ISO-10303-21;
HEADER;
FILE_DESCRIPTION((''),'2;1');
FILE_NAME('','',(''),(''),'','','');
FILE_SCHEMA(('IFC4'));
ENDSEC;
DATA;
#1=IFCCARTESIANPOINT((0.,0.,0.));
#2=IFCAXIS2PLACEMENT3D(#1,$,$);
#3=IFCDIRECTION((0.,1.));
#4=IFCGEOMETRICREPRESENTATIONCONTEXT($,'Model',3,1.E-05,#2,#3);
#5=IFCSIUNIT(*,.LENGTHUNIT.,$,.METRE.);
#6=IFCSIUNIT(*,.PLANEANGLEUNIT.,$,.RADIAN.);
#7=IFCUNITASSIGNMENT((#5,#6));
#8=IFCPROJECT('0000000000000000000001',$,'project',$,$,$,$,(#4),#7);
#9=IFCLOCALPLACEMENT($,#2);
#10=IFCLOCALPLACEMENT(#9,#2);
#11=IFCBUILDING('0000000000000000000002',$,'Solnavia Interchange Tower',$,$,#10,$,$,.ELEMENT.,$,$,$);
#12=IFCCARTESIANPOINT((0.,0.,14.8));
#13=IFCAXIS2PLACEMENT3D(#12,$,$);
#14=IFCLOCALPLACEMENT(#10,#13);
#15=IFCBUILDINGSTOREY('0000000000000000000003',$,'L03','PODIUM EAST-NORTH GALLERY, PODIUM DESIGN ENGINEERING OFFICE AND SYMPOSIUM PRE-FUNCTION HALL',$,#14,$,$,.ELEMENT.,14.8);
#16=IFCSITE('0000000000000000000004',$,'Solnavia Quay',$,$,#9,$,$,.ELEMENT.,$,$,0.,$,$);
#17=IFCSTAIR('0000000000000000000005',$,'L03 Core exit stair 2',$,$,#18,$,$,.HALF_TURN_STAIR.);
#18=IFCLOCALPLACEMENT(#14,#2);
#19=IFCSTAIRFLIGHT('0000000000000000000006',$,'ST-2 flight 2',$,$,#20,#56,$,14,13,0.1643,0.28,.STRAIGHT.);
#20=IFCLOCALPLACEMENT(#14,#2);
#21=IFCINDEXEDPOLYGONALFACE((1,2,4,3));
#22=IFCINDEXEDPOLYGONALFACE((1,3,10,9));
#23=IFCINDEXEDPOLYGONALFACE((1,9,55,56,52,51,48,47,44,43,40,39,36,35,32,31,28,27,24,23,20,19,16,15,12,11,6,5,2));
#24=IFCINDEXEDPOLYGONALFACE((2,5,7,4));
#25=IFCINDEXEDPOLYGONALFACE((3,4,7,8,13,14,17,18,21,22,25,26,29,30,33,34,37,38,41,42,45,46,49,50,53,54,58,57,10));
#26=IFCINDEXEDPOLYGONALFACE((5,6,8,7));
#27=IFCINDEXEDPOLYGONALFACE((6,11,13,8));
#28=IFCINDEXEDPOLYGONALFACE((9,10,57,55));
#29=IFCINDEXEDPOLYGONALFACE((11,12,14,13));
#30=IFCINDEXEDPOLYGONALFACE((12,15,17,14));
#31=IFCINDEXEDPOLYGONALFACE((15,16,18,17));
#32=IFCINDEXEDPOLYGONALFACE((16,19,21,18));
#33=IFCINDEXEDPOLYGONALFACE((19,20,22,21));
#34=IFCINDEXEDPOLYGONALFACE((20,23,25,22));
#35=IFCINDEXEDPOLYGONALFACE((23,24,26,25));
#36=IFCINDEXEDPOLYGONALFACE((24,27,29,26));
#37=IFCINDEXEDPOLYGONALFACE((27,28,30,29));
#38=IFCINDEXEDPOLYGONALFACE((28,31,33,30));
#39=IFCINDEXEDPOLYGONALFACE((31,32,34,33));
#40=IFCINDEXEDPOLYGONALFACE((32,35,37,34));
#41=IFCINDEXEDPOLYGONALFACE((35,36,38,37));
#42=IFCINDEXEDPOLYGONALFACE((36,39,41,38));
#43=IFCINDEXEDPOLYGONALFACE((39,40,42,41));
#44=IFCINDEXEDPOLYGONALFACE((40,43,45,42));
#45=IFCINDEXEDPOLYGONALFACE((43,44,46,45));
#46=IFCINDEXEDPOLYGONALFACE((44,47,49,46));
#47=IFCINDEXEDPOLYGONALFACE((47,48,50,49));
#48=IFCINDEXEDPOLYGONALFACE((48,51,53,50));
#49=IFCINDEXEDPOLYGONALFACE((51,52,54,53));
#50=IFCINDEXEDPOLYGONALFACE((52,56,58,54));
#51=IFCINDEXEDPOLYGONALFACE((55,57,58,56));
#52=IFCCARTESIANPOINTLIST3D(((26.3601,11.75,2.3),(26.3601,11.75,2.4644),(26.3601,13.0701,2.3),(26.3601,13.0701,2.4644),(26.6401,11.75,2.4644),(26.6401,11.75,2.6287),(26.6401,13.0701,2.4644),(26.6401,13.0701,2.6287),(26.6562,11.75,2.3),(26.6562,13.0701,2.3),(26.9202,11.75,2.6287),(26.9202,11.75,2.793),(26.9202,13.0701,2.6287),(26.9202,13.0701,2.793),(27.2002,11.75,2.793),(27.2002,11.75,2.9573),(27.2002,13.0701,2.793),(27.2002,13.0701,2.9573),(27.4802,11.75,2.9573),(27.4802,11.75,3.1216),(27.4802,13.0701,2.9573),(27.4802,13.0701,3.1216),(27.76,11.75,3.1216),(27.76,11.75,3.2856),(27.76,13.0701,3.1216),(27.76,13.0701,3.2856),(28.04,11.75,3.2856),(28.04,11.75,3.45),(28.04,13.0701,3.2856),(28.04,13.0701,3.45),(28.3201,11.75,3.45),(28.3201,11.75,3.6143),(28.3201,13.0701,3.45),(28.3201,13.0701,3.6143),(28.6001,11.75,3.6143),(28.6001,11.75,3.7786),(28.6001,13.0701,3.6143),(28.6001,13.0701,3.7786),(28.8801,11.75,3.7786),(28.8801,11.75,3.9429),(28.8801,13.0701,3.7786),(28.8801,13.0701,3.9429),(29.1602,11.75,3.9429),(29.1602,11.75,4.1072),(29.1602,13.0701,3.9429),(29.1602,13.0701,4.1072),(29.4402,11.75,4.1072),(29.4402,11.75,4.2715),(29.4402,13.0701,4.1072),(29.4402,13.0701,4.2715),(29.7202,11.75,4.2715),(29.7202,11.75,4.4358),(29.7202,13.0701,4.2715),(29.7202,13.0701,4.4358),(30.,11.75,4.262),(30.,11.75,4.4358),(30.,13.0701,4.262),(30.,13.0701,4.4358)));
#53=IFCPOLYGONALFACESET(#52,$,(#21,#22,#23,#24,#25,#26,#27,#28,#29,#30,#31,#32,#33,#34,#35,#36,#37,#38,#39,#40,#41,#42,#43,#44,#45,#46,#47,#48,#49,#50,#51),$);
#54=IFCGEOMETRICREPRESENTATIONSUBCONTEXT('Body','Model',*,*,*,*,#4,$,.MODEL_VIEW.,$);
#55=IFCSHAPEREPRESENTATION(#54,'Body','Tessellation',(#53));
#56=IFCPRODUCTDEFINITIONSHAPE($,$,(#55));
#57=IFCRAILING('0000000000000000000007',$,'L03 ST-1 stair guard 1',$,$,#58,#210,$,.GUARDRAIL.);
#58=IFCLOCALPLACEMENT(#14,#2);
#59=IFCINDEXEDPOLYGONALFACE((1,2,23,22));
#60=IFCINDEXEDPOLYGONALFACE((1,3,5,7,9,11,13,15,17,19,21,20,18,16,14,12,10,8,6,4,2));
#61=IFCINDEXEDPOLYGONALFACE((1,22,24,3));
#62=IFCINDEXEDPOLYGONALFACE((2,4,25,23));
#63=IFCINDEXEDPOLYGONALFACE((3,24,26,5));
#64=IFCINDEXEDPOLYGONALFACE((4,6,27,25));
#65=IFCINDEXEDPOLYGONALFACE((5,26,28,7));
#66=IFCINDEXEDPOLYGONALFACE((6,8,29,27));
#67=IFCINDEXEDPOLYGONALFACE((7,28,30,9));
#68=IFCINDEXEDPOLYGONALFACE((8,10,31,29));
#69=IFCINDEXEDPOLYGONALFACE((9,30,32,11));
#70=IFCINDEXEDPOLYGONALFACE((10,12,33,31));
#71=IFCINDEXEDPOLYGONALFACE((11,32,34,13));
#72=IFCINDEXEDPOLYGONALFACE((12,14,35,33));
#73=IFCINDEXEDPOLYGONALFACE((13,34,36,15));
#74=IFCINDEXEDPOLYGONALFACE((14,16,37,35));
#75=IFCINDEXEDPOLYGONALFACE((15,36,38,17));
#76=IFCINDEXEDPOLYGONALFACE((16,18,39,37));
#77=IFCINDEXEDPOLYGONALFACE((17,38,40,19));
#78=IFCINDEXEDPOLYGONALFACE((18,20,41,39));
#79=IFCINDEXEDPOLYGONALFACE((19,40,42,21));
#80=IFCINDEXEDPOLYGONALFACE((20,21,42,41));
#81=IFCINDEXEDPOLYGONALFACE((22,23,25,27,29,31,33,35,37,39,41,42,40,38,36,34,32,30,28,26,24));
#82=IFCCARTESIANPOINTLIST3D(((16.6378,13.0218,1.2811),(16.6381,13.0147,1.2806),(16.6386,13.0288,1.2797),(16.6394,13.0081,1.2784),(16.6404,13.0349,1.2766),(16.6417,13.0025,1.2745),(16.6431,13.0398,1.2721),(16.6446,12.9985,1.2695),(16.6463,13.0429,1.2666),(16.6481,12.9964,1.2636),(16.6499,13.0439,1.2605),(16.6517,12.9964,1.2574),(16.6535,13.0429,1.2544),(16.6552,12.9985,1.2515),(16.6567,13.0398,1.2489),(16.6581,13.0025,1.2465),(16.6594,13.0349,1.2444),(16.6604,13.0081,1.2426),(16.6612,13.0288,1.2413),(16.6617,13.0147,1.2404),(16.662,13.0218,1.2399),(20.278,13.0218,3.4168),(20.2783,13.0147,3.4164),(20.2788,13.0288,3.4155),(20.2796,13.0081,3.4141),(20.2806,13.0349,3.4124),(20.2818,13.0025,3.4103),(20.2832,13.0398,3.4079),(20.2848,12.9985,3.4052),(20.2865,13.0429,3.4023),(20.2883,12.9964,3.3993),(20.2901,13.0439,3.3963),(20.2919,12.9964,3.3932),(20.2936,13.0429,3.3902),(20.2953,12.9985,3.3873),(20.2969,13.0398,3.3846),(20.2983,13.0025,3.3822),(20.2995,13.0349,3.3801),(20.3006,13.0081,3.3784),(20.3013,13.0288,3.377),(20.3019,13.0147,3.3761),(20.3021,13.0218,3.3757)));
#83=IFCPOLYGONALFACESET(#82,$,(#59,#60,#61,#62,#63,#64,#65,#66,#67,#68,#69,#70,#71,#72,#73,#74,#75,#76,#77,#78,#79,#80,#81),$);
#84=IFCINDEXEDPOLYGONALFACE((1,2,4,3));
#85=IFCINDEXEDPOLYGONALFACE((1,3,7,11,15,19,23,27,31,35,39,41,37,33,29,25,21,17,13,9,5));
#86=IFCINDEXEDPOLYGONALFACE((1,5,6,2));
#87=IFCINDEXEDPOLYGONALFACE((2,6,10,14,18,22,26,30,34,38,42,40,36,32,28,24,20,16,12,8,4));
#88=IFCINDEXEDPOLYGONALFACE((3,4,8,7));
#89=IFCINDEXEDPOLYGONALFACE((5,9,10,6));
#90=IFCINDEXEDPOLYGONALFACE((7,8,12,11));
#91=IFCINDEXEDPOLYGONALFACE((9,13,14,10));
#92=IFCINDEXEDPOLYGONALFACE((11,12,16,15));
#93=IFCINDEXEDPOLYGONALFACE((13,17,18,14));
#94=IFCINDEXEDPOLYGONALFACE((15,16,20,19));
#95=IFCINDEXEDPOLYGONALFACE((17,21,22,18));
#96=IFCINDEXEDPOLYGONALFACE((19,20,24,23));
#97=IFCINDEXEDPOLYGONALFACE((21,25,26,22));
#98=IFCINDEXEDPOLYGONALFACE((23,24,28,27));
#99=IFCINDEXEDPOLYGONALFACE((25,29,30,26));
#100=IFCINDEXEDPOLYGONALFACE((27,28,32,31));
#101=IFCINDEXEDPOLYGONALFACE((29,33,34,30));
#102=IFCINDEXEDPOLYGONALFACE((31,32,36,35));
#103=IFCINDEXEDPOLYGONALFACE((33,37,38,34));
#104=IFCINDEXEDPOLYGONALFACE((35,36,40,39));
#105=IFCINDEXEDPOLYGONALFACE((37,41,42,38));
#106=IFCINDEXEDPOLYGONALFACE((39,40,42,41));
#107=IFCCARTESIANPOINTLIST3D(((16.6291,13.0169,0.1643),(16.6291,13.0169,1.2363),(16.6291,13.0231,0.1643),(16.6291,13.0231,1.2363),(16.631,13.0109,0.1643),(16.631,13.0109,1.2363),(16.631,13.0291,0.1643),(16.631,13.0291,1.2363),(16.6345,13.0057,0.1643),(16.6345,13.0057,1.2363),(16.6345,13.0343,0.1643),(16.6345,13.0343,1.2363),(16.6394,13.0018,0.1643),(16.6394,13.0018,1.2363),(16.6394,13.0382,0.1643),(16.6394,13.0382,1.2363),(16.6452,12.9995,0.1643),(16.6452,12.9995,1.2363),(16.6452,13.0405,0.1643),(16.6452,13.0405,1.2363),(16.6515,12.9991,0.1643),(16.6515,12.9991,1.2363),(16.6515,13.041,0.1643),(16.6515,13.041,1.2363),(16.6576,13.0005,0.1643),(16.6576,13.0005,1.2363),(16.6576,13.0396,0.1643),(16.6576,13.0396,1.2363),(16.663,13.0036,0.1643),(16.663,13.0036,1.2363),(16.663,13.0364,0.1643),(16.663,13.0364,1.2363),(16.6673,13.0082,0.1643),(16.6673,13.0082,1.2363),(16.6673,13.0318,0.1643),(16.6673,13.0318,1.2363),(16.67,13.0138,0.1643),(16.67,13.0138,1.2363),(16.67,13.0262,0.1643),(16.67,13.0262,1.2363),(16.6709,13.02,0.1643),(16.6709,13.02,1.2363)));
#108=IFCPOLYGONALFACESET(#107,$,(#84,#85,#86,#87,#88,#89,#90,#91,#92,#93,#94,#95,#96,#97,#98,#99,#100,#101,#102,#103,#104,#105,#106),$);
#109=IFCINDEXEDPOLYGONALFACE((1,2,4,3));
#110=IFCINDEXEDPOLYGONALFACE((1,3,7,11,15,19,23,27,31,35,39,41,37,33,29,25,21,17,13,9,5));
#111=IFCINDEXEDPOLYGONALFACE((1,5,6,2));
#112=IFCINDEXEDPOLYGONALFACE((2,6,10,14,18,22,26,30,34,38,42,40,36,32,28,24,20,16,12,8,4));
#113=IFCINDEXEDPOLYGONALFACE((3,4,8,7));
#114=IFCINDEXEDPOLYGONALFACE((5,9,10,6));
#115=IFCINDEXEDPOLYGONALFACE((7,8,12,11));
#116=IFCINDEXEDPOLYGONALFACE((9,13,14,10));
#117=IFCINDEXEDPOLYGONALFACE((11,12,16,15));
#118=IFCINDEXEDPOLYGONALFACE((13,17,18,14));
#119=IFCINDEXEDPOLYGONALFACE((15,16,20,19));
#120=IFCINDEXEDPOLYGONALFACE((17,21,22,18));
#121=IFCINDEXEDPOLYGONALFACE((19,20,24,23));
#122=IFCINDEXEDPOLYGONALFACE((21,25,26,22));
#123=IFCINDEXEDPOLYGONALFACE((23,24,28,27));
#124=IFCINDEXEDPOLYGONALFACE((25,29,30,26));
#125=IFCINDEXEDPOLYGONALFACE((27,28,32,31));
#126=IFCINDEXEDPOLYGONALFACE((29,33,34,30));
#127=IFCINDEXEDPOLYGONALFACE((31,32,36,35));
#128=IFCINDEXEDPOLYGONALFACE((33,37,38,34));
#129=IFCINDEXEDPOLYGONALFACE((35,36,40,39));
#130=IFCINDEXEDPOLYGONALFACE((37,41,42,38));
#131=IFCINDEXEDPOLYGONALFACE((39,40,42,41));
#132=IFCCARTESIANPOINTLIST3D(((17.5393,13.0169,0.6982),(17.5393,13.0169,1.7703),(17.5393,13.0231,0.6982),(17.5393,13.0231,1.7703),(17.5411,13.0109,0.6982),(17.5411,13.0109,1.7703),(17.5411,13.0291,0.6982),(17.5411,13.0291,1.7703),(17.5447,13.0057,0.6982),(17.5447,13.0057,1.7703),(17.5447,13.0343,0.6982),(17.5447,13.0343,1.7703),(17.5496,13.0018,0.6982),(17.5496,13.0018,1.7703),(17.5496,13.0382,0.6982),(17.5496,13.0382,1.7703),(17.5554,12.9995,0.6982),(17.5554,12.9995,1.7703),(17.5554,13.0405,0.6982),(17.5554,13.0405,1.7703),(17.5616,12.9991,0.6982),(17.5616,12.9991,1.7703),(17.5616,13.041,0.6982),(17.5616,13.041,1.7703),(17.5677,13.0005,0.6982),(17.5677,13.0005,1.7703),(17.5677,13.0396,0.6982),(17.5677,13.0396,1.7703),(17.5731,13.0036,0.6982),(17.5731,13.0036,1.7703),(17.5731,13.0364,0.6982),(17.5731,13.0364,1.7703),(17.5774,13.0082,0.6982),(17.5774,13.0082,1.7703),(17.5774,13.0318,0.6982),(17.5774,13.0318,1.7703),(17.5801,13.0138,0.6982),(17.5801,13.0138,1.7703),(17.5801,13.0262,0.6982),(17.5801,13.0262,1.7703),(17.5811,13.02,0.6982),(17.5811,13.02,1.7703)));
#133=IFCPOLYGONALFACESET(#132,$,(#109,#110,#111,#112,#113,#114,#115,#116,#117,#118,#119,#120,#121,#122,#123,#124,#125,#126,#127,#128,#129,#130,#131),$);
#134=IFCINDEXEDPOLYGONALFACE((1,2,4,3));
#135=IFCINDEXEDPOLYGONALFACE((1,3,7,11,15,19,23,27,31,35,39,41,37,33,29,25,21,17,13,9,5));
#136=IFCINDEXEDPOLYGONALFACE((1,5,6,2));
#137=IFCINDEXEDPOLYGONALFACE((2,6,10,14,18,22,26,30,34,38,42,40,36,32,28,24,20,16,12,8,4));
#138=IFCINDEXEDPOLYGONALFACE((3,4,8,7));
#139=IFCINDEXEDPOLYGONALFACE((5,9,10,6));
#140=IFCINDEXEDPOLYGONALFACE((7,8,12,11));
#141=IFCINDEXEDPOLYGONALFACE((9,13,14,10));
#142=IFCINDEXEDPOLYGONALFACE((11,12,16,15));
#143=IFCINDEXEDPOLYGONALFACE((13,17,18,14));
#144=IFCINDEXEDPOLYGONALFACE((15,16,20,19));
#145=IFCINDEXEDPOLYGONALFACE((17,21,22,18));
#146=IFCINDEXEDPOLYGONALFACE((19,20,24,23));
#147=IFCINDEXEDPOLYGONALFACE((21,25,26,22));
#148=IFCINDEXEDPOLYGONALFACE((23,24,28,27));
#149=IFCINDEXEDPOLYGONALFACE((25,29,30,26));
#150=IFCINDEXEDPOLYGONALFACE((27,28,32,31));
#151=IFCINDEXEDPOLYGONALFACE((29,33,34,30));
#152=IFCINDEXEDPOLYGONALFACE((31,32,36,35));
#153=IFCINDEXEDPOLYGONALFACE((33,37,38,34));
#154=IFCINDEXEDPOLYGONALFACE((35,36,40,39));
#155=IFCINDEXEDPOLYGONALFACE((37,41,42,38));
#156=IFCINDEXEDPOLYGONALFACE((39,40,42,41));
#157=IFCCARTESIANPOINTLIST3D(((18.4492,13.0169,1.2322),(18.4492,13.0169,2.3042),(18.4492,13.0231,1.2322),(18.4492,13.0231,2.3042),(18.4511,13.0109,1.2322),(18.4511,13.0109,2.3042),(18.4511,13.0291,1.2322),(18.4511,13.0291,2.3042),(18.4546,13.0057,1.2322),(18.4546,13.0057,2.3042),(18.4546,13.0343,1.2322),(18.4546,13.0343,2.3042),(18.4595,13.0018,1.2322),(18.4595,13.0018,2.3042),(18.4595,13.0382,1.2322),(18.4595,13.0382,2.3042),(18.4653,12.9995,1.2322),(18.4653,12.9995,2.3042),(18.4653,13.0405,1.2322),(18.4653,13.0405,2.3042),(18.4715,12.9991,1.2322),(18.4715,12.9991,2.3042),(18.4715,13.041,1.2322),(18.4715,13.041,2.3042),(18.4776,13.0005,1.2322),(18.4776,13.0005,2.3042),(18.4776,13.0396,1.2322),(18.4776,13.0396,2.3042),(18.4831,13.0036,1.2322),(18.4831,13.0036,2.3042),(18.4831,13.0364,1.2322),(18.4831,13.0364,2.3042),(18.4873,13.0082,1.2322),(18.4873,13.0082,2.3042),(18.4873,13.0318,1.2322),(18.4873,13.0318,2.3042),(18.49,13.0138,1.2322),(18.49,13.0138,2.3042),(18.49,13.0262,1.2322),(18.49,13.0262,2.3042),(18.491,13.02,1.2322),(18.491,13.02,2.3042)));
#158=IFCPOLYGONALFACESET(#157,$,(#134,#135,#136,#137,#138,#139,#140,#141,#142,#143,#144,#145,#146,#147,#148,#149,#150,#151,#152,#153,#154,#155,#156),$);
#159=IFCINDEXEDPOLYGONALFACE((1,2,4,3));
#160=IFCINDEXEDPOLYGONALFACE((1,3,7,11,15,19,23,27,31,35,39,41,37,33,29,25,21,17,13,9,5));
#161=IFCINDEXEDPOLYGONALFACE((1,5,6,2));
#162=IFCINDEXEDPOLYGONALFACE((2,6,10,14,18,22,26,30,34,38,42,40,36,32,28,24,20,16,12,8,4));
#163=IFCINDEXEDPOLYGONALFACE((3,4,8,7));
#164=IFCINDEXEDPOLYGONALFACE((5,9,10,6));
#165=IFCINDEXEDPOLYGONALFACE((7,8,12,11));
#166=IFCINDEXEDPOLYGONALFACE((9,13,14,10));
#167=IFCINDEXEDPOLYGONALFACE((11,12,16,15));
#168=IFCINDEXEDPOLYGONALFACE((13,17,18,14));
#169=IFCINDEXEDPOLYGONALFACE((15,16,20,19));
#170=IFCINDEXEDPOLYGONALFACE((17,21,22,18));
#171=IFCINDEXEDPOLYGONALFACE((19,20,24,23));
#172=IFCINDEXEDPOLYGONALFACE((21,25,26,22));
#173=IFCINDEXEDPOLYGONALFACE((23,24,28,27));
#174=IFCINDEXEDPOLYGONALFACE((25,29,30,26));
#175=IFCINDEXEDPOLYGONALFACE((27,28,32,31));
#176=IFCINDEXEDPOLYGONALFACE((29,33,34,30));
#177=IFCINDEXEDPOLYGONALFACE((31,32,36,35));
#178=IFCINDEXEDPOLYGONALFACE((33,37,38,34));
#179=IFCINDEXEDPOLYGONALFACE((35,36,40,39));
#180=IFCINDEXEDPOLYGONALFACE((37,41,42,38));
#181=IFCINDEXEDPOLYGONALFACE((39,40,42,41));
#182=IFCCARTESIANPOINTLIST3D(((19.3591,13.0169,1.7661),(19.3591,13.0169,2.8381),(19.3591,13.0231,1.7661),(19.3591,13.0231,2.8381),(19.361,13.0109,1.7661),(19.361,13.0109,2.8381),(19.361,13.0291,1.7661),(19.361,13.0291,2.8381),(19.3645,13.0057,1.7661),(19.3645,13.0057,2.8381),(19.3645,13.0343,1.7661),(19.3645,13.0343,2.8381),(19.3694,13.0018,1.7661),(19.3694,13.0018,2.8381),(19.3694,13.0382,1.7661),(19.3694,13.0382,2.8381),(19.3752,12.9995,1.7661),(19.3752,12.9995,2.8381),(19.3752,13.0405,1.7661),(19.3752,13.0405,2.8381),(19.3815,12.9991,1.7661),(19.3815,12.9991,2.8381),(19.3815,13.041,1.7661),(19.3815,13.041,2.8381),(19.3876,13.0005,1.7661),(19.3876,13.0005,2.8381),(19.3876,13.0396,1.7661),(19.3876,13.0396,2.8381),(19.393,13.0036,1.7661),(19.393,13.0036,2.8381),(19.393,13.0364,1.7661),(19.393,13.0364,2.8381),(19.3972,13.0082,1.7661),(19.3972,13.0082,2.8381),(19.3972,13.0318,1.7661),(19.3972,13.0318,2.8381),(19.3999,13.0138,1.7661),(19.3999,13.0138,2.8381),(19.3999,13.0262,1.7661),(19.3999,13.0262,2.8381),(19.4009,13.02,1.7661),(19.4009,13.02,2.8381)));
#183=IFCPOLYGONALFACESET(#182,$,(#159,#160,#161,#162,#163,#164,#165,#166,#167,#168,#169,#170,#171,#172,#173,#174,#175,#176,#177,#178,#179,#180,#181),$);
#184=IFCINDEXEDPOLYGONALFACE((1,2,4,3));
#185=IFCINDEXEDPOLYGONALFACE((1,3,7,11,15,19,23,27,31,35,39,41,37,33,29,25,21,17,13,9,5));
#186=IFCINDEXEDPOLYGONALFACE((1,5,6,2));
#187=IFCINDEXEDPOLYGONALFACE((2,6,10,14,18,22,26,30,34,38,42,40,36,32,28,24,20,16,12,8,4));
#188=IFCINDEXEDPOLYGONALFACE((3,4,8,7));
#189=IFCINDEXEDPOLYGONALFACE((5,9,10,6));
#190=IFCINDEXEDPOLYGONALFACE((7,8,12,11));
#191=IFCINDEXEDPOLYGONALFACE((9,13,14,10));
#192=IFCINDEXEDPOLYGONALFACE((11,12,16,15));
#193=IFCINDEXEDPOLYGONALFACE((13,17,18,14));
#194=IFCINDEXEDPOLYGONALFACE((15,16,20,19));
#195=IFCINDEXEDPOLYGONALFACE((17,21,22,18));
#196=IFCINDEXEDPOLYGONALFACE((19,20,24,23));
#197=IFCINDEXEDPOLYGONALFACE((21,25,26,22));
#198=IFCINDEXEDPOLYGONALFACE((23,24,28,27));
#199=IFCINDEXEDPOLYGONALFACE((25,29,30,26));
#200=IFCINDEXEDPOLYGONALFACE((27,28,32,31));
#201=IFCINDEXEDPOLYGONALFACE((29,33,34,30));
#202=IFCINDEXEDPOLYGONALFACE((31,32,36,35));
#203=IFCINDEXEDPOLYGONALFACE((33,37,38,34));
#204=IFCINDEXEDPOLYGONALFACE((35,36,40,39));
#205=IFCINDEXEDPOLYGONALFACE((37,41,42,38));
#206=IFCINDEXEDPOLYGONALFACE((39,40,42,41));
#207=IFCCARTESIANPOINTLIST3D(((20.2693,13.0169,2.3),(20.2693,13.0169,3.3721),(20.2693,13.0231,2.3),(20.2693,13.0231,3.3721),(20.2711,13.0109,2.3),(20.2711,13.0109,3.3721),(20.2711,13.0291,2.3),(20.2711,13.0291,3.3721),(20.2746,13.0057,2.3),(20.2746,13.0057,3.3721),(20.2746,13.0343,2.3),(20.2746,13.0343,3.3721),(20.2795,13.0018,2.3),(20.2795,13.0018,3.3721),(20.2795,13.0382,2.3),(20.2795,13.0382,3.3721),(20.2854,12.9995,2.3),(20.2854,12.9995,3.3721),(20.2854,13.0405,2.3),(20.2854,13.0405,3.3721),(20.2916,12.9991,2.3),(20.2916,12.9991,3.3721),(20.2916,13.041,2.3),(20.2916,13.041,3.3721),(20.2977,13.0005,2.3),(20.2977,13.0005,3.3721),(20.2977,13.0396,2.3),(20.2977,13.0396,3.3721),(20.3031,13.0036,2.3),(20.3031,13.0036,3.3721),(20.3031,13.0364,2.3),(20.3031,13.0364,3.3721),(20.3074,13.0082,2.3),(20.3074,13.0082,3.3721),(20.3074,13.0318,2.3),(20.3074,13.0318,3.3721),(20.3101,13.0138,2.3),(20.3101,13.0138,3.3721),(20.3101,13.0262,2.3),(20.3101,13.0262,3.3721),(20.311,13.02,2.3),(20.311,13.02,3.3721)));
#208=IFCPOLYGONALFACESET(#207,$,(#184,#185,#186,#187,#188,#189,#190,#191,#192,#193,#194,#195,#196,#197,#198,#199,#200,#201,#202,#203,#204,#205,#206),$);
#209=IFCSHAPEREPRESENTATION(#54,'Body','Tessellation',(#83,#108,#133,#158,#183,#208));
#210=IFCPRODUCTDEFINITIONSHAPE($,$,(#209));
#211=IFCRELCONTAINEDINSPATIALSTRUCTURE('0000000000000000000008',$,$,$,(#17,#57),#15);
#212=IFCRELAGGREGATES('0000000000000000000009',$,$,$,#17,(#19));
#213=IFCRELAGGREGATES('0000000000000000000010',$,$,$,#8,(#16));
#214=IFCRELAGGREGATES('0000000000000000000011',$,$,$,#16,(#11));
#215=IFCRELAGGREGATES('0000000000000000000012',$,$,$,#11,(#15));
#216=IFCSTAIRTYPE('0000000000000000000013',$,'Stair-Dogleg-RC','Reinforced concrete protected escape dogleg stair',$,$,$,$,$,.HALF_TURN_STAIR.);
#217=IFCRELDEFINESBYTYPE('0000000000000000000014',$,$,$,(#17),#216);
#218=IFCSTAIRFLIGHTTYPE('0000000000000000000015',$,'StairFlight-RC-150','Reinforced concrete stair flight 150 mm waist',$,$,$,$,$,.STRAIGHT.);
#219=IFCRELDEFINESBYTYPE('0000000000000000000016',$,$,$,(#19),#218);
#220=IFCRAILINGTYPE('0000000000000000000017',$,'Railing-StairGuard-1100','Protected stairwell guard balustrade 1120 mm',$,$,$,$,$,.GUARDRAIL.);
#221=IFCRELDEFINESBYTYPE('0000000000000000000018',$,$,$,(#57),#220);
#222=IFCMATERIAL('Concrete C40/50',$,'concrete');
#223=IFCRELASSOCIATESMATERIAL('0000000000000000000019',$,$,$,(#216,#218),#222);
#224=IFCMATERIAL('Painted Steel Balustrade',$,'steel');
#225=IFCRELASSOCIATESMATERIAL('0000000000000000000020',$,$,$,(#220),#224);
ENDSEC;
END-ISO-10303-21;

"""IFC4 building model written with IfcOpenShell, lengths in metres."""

from ifc_helpers import new_model, si_unit, direction, frame, origin, origin_2d, place, context, subcontext, project, spatial, polyline, circle, outline, extrude, material, type_object, element, aggregate, save


model = new_model("IFC4")

# Units and contexts
model_context = context("Model", 3, precision=1e-05, world=origin(), true_north=direction((0.0, 1.0)))
body_context = subcontext(model_context, "Body", "Model", "MODEL_VIEW")
ifc_project = project(units=[si_unit("LENGTHUNIT", "METRE"), si_unit("PLANEANGLEUNIT", "RADIAN")], contexts=[model_context])

# Site, building, storey
site_placement = place(None, origin())
site = spatial("IfcSite", under=ifc_project, at=site_placement, Name="Solnavia Quay", CompositionType="ELEMENT", RefElevation=0.0)
building_placement = place(site_placement, origin())
building = spatial("IfcBuilding", under=site, at=building_placement, Name="Solnavia Interchange Tower", CompositionType="ELEMENT")
storey_placement = place(building_placement, frame((0.0, 0.0, 14.8)))
storey = spatial("IfcBuildingStorey", under=building, at=storey_placement, Name="L03", Description="PODIUM EAST-NORTH GALLERY, PODIUM DESIGN ENGINEERING OFFICE AND SYMPOSIUM PRE-FUNCTION HALL", CompositionType="ELEMENT", Elevation=14.8)

# Shared definitions
ifc_material_1 = material(Name="Concrete C40/50", Category="concrete")

# Stair, stair flight
stair_type = type_object("IfcStairType", Name="Stair-Dogleg-RC", Description="Reinforced concrete protected escape dogleg stair", PredefinedType="HALF_TURN_STAIR", material=ifc_material_1)
stair_flight_type = type_object("IfcStairFlightType", Name="StairFlight-RC-150", Description="Reinforced concrete stair flight 150 mm waist", PredefinedType="STRAIGHT", material=ifc_material_1)
stair_1_placement = place(storey_placement, origin())
stair_1 = element("IfcStair", 1, at=stair_1_placement, inside=storey, type_object=stair_type, Name="L03 Core exit stair 2", PredefinedType="HALF_TURN_STAIR")
stair_flight_1_placement = place(storey_placement, frame((26.3601, 12.4099, 2.3), z_axis=(0.0, 0.0, 1.0), x_axis=(1.0, 0.0, 0.0)))
stair_flight_1 = element("IfcStairFlight", 2, at=stair_flight_1_placement, type_object=stair_flight_type, Name="ST-2 flight 2", NumberOfRisers=14, NumberOfTreads=13, PredefinedType="STRAIGHT", RiserHeight=0.1643, TreadLength=0.28, context=body_context, shape_type="SweptSolid", body=[
    extrude(outline(polyline([(0.0, 0.0), (0.0, 0.1643), (0.28, 0.1643), (0.28, 0.3286), (0.5601, 0.3286), (0.5601, 0.4929), (0.8401, 0.4929), (0.8401, 0.6572), (1.1201, 0.6572), (1.1201, 0.8215), (1.3999, 0.8215), (1.3999, 0.9856), (1.6799, 0.9856), (1.6799, 1.1499), (1.96, 1.1499), (1.96, 1.3142), (2.24, 1.3142), (2.24, 1.4785), (2.52, 1.4785), (2.52, 1.6428), (2.8, 1.6428), (2.8, 1.8071), (3.0801, 1.8071), (3.0801, 1.9714), (3.3601, 1.9714), (3.3601, 2.1357), (3.6399, 2.1357), (3.6399, 2.3), (3.6399, 1.9619), (0.2961, 0.0), (0.0, 0.0)])), frame((0.0, 0.6602, 0.0), z_axis=(0.0, -1.0, 0.0), x_axis=(1.0, 0.0, 0.0)), (0.0, 0.0, 1.0), 1.3201),
])
aggregate(stair_1, [stair_flight_1])

# Railing
ifc_material_2 = material(Name="Painted Steel Balustrade", Category="steel")
railing_type_1 = type_object("IfcRailingType", Name="Railing-StairGuard-1100", Description="Protected stairwell guard balustrade 1120 mm", PredefinedType="GUARDRAIL", material=ifc_material_2)
railing_1_placement = place(storey_placement, frame((16.6499, 13.02, 0.1643)))
element("IfcRailing", 3, at=railing_1_placement, inside=storey, type_object=railing_type_1, Name="L03 ST-1 stair guard 1", PredefinedType="GUARDRAIL", context=body_context, shape_type="SweptSolid", body=[
    extrude(circle(Radius=0.0239, at=origin_2d()), frame((0.0, 0.0, 1.0962), z_axis=(0.862505, 0.0, 0.506049), x_axis=(0.0, 1.0, 0.0)), (0.0, 0.0, 1.0), 4.2205),
    extrude(circle(Radius=0.021, at=origin_2d()), origin(), (0.0, 0.0, 1.0), 1.072),
    extrude(circle(Radius=0.021, at=origin_2d()), frame((0.9102, 0.0, 0.5339)), (0.0, 0.0, 1.0), 1.072),
    extrude(circle(Radius=0.021, at=origin_2d()), frame((1.8201, 0.0, 1.0679)), (0.0, 0.0, 1.0), 1.072),
    extrude(circle(Radius=0.021, at=origin_2d()), frame((2.73, 0.0, 1.6018)), (0.0, 0.0, 1.0), 1.072),
    extrude(circle(Radius=0.021, at=origin_2d()), frame((3.6401, 0.0, 2.1357)), (0.0, 0.0, 1.0), 1.072),
])

save(model, "model.ifc")
